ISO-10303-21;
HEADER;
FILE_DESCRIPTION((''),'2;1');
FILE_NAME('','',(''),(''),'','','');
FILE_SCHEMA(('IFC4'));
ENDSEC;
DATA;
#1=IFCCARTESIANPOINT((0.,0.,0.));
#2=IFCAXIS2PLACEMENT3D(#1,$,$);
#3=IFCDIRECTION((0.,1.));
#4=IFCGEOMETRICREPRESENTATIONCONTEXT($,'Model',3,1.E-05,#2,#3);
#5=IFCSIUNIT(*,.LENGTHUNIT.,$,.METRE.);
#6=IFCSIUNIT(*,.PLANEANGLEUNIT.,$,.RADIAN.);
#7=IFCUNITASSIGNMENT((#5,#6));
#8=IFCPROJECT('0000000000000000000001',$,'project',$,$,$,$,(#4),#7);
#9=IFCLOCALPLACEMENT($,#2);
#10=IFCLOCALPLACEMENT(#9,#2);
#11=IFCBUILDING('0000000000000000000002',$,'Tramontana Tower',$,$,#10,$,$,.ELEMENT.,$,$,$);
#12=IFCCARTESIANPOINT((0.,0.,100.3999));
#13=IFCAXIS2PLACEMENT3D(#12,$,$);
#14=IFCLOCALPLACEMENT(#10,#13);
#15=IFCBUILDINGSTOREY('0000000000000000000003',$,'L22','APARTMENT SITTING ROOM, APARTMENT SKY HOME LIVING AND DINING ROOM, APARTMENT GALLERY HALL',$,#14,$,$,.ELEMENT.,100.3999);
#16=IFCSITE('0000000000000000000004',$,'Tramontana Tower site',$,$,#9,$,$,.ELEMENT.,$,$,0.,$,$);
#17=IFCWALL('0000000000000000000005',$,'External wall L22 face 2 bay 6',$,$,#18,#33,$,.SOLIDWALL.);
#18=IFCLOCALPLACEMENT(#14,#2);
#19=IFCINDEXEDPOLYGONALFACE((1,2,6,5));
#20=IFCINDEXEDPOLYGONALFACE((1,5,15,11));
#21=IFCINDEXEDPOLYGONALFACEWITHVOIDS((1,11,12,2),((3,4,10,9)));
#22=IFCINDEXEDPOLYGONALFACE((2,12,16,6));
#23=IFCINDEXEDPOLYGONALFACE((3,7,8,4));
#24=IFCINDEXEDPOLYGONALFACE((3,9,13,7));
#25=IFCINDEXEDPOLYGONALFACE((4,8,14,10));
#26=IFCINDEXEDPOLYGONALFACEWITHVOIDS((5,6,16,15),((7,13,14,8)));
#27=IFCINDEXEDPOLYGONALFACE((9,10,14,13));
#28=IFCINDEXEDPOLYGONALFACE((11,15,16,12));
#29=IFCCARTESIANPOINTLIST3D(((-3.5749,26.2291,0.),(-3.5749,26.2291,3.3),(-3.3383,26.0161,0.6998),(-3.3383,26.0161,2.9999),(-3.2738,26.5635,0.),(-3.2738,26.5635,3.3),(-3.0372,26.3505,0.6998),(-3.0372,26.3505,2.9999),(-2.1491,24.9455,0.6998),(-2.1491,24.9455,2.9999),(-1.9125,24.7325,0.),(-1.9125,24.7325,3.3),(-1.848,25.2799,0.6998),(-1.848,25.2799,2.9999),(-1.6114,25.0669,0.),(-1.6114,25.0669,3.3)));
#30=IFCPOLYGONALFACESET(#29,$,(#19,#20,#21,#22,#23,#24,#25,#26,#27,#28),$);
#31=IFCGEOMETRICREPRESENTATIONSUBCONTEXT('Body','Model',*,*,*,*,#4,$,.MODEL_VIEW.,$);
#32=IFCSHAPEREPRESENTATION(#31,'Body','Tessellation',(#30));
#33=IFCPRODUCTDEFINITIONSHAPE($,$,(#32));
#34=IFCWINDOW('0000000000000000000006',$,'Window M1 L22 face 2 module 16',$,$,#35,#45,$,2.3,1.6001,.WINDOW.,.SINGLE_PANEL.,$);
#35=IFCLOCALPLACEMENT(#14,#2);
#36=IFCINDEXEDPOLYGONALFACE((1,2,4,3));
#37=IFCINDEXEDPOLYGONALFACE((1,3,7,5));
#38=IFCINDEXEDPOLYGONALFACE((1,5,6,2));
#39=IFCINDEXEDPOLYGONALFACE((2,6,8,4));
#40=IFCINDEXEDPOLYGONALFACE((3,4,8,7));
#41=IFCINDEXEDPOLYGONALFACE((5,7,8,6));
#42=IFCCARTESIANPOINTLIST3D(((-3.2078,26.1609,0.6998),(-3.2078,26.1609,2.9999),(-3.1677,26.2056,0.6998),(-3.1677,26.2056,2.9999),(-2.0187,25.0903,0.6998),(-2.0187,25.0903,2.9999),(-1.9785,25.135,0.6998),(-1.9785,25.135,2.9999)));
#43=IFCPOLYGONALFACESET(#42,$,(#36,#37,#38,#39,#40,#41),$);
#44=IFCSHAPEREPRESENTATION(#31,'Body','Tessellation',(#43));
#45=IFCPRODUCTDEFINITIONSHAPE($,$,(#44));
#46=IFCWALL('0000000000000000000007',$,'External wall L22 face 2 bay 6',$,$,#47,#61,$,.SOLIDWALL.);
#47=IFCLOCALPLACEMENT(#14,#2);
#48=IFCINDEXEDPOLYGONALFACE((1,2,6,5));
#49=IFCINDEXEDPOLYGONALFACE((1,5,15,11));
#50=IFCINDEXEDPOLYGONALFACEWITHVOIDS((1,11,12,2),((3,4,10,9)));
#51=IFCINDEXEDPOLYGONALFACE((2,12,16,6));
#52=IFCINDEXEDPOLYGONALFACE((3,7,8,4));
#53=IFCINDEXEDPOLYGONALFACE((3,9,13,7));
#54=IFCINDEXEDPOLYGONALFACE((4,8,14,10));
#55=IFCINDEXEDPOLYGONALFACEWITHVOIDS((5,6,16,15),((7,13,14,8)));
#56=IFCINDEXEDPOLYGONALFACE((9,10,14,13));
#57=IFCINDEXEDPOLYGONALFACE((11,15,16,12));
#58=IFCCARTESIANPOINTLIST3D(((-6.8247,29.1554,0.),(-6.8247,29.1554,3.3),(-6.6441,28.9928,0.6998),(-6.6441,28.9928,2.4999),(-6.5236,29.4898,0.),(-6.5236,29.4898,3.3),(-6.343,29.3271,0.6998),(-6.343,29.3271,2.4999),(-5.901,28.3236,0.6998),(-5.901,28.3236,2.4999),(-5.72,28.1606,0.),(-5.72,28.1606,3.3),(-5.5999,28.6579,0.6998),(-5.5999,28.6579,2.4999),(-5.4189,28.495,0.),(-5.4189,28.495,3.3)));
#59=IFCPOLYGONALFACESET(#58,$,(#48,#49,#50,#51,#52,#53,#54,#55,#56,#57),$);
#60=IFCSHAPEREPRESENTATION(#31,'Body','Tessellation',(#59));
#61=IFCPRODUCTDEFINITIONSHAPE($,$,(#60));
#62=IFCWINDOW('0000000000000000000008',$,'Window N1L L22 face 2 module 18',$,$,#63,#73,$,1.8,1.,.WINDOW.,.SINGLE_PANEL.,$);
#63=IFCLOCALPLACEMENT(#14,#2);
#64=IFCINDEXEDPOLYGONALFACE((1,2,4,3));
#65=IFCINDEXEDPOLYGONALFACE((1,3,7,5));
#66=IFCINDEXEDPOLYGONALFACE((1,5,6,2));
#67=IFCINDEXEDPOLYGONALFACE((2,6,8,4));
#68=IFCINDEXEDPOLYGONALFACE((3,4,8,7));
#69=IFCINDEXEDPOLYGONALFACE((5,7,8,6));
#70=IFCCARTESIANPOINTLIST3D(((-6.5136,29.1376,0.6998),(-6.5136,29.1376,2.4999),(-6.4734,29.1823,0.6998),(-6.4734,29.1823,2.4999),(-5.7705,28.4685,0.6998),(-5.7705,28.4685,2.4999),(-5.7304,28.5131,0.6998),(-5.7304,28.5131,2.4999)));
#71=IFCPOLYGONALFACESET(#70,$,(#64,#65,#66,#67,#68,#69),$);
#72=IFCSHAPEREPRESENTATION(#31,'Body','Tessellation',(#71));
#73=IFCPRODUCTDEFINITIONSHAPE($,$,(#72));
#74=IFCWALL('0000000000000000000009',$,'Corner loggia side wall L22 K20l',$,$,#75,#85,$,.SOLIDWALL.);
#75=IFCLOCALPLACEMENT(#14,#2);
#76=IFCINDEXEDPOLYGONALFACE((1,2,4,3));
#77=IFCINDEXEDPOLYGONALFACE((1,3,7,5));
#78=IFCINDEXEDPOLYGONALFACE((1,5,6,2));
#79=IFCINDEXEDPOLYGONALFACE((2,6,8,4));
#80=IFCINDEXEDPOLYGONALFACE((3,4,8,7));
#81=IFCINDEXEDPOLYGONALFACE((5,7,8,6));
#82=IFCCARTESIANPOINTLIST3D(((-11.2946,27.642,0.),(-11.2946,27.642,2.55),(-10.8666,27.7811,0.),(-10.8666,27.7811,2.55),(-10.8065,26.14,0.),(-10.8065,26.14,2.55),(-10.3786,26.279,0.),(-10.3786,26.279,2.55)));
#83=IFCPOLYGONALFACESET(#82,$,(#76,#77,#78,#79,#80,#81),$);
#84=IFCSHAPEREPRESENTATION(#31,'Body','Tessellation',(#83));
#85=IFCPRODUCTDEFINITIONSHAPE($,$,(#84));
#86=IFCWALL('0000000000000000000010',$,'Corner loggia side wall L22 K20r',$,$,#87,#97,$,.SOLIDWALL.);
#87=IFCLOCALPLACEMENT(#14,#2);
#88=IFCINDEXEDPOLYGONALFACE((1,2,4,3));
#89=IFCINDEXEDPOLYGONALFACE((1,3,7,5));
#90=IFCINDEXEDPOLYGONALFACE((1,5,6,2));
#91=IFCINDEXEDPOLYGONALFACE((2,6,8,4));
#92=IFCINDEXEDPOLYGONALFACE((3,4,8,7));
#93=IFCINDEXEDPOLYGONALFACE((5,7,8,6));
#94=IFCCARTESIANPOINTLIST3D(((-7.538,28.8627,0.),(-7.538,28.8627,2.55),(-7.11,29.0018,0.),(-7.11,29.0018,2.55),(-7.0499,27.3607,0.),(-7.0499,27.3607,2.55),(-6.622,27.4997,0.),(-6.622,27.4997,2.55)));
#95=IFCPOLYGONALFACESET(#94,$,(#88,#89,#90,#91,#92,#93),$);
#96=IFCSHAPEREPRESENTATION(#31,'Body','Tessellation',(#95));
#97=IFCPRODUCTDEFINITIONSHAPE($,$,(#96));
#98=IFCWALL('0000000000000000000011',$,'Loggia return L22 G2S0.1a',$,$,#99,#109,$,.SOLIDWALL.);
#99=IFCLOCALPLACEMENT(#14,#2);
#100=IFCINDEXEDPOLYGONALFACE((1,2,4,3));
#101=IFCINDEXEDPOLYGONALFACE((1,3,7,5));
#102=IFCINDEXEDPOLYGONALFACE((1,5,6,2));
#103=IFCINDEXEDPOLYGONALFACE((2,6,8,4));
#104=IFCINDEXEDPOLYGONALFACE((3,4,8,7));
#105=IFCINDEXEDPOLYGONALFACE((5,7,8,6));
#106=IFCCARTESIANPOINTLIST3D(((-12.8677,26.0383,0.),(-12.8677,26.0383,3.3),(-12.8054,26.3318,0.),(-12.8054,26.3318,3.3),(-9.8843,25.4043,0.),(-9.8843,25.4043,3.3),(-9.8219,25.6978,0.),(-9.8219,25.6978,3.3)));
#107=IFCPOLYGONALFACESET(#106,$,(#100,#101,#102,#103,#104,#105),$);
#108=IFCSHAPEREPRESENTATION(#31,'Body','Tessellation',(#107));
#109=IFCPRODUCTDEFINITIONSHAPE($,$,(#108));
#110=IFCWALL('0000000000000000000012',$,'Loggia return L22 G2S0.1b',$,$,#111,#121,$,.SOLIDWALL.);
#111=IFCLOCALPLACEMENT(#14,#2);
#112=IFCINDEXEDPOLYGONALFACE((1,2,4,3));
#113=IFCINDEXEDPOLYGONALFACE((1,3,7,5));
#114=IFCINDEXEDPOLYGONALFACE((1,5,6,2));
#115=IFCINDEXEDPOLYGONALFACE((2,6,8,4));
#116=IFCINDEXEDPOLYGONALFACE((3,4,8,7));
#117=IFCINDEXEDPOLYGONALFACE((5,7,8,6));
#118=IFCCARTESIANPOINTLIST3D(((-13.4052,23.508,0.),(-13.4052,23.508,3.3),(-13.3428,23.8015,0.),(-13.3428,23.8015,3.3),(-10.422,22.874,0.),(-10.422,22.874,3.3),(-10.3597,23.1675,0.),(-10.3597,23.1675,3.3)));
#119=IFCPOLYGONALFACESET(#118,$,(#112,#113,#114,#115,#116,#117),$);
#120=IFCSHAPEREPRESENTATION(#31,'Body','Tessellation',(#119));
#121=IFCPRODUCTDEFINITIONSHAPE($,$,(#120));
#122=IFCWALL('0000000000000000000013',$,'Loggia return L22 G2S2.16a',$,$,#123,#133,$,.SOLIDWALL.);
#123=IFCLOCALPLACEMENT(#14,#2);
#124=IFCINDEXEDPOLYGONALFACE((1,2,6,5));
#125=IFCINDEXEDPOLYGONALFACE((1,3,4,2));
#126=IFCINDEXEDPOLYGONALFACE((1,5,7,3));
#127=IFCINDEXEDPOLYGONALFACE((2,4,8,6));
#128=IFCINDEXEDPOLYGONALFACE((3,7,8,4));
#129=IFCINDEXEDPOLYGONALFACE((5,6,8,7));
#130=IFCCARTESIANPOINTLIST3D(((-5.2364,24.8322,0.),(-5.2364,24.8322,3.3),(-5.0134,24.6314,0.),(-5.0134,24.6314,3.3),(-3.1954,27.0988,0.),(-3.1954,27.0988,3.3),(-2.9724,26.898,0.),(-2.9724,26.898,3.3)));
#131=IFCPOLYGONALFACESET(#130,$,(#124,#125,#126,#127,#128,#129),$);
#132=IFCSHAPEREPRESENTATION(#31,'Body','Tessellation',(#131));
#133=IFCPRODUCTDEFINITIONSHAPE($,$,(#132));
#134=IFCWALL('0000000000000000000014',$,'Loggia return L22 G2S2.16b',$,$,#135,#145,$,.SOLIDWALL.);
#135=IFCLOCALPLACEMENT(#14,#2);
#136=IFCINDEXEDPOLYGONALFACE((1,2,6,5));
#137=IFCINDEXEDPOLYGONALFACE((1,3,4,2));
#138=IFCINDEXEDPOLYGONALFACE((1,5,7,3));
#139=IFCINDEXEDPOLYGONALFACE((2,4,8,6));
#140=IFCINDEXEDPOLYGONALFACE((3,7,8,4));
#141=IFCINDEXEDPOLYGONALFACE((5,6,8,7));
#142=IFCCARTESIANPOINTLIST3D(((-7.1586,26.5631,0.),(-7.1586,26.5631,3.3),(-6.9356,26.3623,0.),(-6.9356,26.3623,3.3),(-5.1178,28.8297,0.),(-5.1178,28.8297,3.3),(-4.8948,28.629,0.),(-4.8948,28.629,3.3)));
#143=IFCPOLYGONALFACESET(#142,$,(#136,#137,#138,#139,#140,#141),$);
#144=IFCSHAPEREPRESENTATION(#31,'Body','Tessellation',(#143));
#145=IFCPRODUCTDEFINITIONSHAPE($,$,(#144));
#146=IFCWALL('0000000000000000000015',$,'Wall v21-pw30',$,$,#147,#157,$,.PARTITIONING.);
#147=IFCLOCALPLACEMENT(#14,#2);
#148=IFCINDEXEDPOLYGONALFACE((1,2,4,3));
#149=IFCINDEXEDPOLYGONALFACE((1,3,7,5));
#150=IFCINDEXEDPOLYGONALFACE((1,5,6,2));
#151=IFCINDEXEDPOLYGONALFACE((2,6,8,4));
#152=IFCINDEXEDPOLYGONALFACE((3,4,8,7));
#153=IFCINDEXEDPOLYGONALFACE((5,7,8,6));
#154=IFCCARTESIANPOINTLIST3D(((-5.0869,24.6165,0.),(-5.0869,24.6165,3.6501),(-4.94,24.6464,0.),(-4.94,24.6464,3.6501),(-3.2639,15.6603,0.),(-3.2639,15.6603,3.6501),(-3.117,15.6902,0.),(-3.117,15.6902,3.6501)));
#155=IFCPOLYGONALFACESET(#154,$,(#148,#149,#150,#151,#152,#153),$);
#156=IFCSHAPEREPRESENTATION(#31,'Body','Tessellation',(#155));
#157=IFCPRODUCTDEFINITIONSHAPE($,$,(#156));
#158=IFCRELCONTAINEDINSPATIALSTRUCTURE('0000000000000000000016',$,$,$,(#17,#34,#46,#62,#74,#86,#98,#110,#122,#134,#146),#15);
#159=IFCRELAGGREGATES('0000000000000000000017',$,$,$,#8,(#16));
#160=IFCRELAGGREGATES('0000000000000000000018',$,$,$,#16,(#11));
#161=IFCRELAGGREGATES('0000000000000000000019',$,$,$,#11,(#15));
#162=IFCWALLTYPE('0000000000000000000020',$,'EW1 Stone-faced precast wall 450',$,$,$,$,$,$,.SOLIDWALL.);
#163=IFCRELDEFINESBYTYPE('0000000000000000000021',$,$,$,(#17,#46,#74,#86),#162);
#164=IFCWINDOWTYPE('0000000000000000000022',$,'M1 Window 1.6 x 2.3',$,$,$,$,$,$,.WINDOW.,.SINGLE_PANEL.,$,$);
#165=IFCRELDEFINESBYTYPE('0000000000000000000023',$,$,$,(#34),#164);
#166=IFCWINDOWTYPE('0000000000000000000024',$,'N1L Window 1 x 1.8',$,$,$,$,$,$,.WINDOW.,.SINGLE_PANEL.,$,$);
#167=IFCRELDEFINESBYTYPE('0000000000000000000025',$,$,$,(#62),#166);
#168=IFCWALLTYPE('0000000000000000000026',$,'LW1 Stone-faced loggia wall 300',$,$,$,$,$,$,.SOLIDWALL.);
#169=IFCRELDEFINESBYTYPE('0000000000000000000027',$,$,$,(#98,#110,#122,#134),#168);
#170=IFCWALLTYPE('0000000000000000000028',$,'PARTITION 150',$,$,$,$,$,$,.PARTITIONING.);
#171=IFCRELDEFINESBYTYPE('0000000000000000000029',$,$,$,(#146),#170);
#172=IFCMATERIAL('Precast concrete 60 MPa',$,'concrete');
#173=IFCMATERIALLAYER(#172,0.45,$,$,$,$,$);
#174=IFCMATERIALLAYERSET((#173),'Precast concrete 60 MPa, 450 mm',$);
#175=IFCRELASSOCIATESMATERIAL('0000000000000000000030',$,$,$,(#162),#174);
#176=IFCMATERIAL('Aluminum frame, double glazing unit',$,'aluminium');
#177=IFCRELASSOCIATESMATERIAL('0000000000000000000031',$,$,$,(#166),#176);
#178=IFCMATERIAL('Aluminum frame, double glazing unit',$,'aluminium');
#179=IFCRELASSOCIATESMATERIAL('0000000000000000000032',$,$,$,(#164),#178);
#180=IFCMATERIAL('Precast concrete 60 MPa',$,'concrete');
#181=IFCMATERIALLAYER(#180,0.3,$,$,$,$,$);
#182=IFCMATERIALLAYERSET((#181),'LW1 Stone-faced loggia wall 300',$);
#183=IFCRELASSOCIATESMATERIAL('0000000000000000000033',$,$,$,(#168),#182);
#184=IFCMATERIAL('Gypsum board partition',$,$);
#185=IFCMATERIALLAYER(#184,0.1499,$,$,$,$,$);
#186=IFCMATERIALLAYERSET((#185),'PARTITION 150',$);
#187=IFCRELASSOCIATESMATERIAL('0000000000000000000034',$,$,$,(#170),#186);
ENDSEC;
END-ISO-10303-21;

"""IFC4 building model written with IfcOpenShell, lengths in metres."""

from ifc_helpers import new_model, si_unit, direction, frame, frame_2d, origin, place, context, subcontext, project, spatial, rectangle, extrude, material, layer, layer_set, type_object, element, fill, save


model = new_model("IFC4")

# Units and contexts
model_context = context("Model", 3, precision=1e-05, world=origin(), true_north=direction((0.0, 1.0)))
body_context = subcontext(model_context, "Body", "Model", "MODEL_VIEW")
ifc_project = project(units=[si_unit("LENGTHUNIT", "METRE"), si_unit("PLANEANGLEUNIT", "RADIAN")], contexts=[model_context])

# Site, building, storey
site_placement = place(None, origin())
site = spatial("IfcSite", under=ifc_project, at=site_placement, Name="Tramontana Tower site", CompositionType="ELEMENT", RefElevation=0.0)
building_placement = place(site_placement, origin())
building = spatial("IfcBuilding", under=site, at=building_placement, Name="Tramontana Tower", CompositionType="ELEMENT")
storey_placement = place(building_placement, frame((0.0, 0.0, 100.3999)))
storey = spatial("IfcBuildingStorey", under=building, at=storey_placement, Name="L22", Description="APARTMENT SITTING ROOM, APARTMENT SKY HOME LIVING AND DINING ROOM, APARTMENT GALLERY HALL", CompositionType="ELEMENT", Elevation=100.3999)

# Walls, openings, windows
ifc_material_1 = material(Name="Precast concrete 60 MPa", Category="concrete")
ifc_layer_1 = layer(ifc_material_1, 0.45)
ifc_layer_set_1 = layer_set([ifc_layer_1], Name="Precast concrete 60 MPa, 450 mm")
wall_type_1 = type_object("IfcWallType", Name="EW1 Stone-faced precast wall 450", PredefinedType="SOLIDWALL", material=ifc_layer_set_1)
ifc_material_2 = material(Name="Aluminum frame, double glazing unit", Category="aluminium")
window_type_1 = type_object("IfcWindowType", Name="N1L Window 1 x 1.8", PartitioningType="SINGLE_PANEL", PredefinedType="WINDOW", material=ifc_material_2)
wall_1_placement = place(storey_placement, frame((-1.762, 24.8997, 0.0), z_axis=(0.0, 0.0, 1.0), x_axis=(-0.743191, 0.669079, 0.0)))
wall_1 = element("IfcWall", 1, at=wall_1_placement, inside=storey, type_object=wall_type_1, Name="External wall L22 face 2 bay 6", PredefinedType="SOLIDWALL", context=body_context, shape_type="SweptSolid", body=[
    extrude(rectangle(XDim=2.2368, YDim=0.45, at=frame_2d((1.1184, 0.0))), origin(), (0.0, 0.0, 1.0), 3.3),
])
opening_1_placement = place(wall_1_placement, frame((0.3184, 0.0, 0.7)))
opening_1 = element("IfcOpeningElement", 2, at=opening_1_placement, cuts=wall_1, PredefinedType="OPENING", context=body_context, shape_type="SweptSolid", body=[
    extrude(rectangle(XDim=1.6001, YDim=2.3, at=frame_2d((0.8, 1.1499))), frame((0.0, 0.2349, 0.0), z_axis=(0.0, -1.0, 0.0), x_axis=(1.0, 0.0, 0.0)), (0.0, 0.0, 1.0), 0.47),
])
ifc_material_3 = material(Name="Aluminum frame, double glazing unit", Category="aluminium")
window_type_2 = type_object("IfcWindowType", Name="M1 Window 1.6 x 2.3", PartitioningType="SINGLE_PANEL", PredefinedType="WINDOW", material=ifc_material_3)
window_1_placement = place(opening_1_placement, origin())
window_1 = element("IfcWindow", 3, at=window_1_placement, inside=storey, type_object=window_type_2, Name="Window M1 L22 face 2 module 16", OverallHeight=2.3, OverallWidth=1.6001, PartitioningType="SINGLE_PANEL", PredefinedType="WINDOW", context=body_context, shape_type="SweptSolid", body=[
    extrude(rectangle(XDim=1.6001, YDim=2.3, at=frame_2d((0.8, 1.1499))), frame((0.0, 0.03, 0.0), z_axis=(0.0, -1.0, 0.0), x_axis=(1.0, 0.0, 0.0)), (0.0, 0.0, 1.0), 0.0601),
])
fill(opening_1, window_1)
wall_2_placement = place(storey_placement, frame((-5.5696, 28.3279, 0.0), z_axis=(0.0, 0.0, 1.0), x_axis=(-0.74309, 0.669192, 0.0)))
wall_2 = element("IfcWall", 4, at=wall_2_placement, inside=storey, type_object=wall_type_1, Name="External wall L22 face 2 bay 6", PredefinedType="SOLIDWALL", context=body_context, shape_type="SweptSolid", body=[
    extrude(rectangle(XDim=1.4866, YDim=0.45, at=frame_2d((0.7432, 0.0))), origin(), (0.0, 0.0, 1.0), 3.3),
])
opening_2_placement = place(wall_2_placement, frame((0.2434, 0.0, 0.7)))
opening_2 = element("IfcOpeningElement", 5, at=opening_2_placement, cuts=wall_2, PredefinedType="OPENING", context=body_context, shape_type="SweptSolid", body=[
    extrude(rectangle(XDim=1.0, YDim=1.8, at=frame_2d((0.5, 0.8999))), frame((0.0, 0.2349, 0.0), z_axis=(0.0, -1.0, 0.0), x_axis=(1.0, 0.0, 0.0)), (0.0, 0.0, 1.0), 0.47),
])
window_2_placement = place(opening_2_placement, origin())
window_2 = element("IfcWindow", 6, at=window_2_placement, inside=storey, type_object=window_type_1, Name="Window N1L L22 face 2 module 18", OverallHeight=1.8, OverallWidth=1.0, PartitioningType="SINGLE_PANEL", PredefinedType="WINDOW", context=body_context, shape_type="SweptSolid", body=[
    extrude(rectangle(XDim=1.0, YDim=1.8, at=frame_2d((0.5, 0.8999))), frame((0.0, 0.03, 0.0), z_axis=(0.0, -1.0, 0.0), x_axis=(1.0, 0.0, 0.0)), (0.0, 0.0, 1.0), 0.0601),
])
fill(opening_2, window_2)

# Walls
for number, where, z_axis, x_axis, name in (
    (7, (-11.0806, 27.7114, 0.0), (0.0, 0.0, 1.0), (0.30903, -0.951052, 0.0), "Corner loggia side wall L22 K20l"),
    (8, (-7.324, 28.9321, 0.0), (0.0, 0.0, 1.0), (0.30903, -0.951052, 0.0), "Corner loggia side wall L22 K20r"),
):
    element("IfcWall", number, at=place(storey_placement, frame(where, z_axis=z_axis, x_axis=x_axis)), inside=storey, type_object=wall_type_1, Name=name, PredefinedType="SOLIDWALL", context=body_context, shape_type="SweptSolid", body=[
        extrude(rectangle(XDim=1.5793, YDim=0.45, at=frame_2d((0.7896, 0.0))), origin(), (0.0, 0.0, 1.0), 2.55),
    ])

# Shared definitions
ifc_material_4 = material(Name="Precast concrete 60 MPa", Category="concrete")
ifc_layer_2 = layer(ifc_material_4, 0.3)
ifc_layer_set_2 = layer_set([ifc_layer_2], Name="LW1 Stone-faced loggia wall 300")
wall_type_2 = type_object("IfcWallType", Name="LW1 Stone-faced loggia wall 300", PredefinedType="SOLIDWALL", material=ifc_layer_set_2)

# Walls
wall_3_placement = place(storey_placement, frame((-12.8364, 26.1851, 0.0), z_axis=(0.0, 0.0, 1.0), x_axis=(0.978155, -0.207878, 0.0)))
element("IfcWall", 9, at=wall_3_placement, inside=storey, type_object=wall_type_2, Name="Loggia return L22 G2S0.1a", PredefinedType="SOLIDWALL", context=body_context, shape_type="SweptSolid", body=[
    extrude(rectangle(XDim=3.05, YDim=0.3, at=frame_2d((1.5249, 0.0))), origin(), (0.0, 0.0, 1.0), 3.3),
])
wall_4_placement = place(storey_placement, frame((-13.374, 23.6548, 0.0), z_axis=(0.0, 0.0, 1.0), x_axis=(0.978151, -0.207894, 0.0)))
element("IfcWall", 10, at=wall_4_placement, inside=storey, type_object=wall_type_2, Name="Loggia return L22 G2S0.1b", PredefinedType="SOLIDWALL", context=body_context, shape_type="SweptSolid", body=[
    extrude(rectangle(XDim=3.0498, YDim=0.3, at=frame_2d((1.5249, 0.0))), origin(), (0.0, 0.0, 1.0), 3.3),
])

# Walls
for number, where, z_axis, x_axis, name in (
    (11, (-3.084, 26.9983, 0.0), (0.0, 0.0, 1.0), (-0.669159, -0.743119, 0.0), "Loggia return L22 G2S2.16a"),
    (12, (-5.0063, 28.7292, 0.0), (0.0, 0.0, 1.0), (-0.669115, -0.743159, 0.0), "Loggia return L22 G2S2.16b"),
):
    element("IfcWall", number, at=place(storey_placement, frame(where, z_axis=z_axis, x_axis=x_axis)), inside=storey, type_object=wall_type_2, Name=name, PredefinedType="SOLIDWALL", context=body_context, shape_type="SweptSolid", body=[
        extrude(rectangle(XDim=3.05, YDim=0.3, at=frame_2d((1.5249, 0.0))), origin(), (0.0, 0.0, 1.0), 3.3),
    ])
ifc_material_5 = material(Name="Gypsum board partition")
ifc_layer_3 = layer(ifc_material_5, 0.1499)
ifc_layer_set_3 = layer_set([ifc_layer_3], Name="PARTITION 150")
wall_type_3 = type_object("IfcWallType", Name="PARTITION 150", PredefinedType="PARTITIONING", material=ifc_layer_set_3)
wall_5_placement = place(storey_placement, frame((-5.0134, 24.6313, 0.0), z_axis=(0.0, 0.0, 1.0), x_axis=(0.199454, -0.979907, 0.0)))
element("IfcWall", 13, at=wall_5_placement, inside=storey, type_object=wall_type_3, Name="Wall v21-pw30", PredefinedType="PARTITIONING", context=body_context, shape_type="SweptSolid", body=[
    extrude(rectangle(XDim=9.1399, YDim=0.1499, at=frame_2d((4.5698, 0.0))), origin(), (0.0, 0.0, 1.0), 3.6501),
])

save(model, "model.ifc")
